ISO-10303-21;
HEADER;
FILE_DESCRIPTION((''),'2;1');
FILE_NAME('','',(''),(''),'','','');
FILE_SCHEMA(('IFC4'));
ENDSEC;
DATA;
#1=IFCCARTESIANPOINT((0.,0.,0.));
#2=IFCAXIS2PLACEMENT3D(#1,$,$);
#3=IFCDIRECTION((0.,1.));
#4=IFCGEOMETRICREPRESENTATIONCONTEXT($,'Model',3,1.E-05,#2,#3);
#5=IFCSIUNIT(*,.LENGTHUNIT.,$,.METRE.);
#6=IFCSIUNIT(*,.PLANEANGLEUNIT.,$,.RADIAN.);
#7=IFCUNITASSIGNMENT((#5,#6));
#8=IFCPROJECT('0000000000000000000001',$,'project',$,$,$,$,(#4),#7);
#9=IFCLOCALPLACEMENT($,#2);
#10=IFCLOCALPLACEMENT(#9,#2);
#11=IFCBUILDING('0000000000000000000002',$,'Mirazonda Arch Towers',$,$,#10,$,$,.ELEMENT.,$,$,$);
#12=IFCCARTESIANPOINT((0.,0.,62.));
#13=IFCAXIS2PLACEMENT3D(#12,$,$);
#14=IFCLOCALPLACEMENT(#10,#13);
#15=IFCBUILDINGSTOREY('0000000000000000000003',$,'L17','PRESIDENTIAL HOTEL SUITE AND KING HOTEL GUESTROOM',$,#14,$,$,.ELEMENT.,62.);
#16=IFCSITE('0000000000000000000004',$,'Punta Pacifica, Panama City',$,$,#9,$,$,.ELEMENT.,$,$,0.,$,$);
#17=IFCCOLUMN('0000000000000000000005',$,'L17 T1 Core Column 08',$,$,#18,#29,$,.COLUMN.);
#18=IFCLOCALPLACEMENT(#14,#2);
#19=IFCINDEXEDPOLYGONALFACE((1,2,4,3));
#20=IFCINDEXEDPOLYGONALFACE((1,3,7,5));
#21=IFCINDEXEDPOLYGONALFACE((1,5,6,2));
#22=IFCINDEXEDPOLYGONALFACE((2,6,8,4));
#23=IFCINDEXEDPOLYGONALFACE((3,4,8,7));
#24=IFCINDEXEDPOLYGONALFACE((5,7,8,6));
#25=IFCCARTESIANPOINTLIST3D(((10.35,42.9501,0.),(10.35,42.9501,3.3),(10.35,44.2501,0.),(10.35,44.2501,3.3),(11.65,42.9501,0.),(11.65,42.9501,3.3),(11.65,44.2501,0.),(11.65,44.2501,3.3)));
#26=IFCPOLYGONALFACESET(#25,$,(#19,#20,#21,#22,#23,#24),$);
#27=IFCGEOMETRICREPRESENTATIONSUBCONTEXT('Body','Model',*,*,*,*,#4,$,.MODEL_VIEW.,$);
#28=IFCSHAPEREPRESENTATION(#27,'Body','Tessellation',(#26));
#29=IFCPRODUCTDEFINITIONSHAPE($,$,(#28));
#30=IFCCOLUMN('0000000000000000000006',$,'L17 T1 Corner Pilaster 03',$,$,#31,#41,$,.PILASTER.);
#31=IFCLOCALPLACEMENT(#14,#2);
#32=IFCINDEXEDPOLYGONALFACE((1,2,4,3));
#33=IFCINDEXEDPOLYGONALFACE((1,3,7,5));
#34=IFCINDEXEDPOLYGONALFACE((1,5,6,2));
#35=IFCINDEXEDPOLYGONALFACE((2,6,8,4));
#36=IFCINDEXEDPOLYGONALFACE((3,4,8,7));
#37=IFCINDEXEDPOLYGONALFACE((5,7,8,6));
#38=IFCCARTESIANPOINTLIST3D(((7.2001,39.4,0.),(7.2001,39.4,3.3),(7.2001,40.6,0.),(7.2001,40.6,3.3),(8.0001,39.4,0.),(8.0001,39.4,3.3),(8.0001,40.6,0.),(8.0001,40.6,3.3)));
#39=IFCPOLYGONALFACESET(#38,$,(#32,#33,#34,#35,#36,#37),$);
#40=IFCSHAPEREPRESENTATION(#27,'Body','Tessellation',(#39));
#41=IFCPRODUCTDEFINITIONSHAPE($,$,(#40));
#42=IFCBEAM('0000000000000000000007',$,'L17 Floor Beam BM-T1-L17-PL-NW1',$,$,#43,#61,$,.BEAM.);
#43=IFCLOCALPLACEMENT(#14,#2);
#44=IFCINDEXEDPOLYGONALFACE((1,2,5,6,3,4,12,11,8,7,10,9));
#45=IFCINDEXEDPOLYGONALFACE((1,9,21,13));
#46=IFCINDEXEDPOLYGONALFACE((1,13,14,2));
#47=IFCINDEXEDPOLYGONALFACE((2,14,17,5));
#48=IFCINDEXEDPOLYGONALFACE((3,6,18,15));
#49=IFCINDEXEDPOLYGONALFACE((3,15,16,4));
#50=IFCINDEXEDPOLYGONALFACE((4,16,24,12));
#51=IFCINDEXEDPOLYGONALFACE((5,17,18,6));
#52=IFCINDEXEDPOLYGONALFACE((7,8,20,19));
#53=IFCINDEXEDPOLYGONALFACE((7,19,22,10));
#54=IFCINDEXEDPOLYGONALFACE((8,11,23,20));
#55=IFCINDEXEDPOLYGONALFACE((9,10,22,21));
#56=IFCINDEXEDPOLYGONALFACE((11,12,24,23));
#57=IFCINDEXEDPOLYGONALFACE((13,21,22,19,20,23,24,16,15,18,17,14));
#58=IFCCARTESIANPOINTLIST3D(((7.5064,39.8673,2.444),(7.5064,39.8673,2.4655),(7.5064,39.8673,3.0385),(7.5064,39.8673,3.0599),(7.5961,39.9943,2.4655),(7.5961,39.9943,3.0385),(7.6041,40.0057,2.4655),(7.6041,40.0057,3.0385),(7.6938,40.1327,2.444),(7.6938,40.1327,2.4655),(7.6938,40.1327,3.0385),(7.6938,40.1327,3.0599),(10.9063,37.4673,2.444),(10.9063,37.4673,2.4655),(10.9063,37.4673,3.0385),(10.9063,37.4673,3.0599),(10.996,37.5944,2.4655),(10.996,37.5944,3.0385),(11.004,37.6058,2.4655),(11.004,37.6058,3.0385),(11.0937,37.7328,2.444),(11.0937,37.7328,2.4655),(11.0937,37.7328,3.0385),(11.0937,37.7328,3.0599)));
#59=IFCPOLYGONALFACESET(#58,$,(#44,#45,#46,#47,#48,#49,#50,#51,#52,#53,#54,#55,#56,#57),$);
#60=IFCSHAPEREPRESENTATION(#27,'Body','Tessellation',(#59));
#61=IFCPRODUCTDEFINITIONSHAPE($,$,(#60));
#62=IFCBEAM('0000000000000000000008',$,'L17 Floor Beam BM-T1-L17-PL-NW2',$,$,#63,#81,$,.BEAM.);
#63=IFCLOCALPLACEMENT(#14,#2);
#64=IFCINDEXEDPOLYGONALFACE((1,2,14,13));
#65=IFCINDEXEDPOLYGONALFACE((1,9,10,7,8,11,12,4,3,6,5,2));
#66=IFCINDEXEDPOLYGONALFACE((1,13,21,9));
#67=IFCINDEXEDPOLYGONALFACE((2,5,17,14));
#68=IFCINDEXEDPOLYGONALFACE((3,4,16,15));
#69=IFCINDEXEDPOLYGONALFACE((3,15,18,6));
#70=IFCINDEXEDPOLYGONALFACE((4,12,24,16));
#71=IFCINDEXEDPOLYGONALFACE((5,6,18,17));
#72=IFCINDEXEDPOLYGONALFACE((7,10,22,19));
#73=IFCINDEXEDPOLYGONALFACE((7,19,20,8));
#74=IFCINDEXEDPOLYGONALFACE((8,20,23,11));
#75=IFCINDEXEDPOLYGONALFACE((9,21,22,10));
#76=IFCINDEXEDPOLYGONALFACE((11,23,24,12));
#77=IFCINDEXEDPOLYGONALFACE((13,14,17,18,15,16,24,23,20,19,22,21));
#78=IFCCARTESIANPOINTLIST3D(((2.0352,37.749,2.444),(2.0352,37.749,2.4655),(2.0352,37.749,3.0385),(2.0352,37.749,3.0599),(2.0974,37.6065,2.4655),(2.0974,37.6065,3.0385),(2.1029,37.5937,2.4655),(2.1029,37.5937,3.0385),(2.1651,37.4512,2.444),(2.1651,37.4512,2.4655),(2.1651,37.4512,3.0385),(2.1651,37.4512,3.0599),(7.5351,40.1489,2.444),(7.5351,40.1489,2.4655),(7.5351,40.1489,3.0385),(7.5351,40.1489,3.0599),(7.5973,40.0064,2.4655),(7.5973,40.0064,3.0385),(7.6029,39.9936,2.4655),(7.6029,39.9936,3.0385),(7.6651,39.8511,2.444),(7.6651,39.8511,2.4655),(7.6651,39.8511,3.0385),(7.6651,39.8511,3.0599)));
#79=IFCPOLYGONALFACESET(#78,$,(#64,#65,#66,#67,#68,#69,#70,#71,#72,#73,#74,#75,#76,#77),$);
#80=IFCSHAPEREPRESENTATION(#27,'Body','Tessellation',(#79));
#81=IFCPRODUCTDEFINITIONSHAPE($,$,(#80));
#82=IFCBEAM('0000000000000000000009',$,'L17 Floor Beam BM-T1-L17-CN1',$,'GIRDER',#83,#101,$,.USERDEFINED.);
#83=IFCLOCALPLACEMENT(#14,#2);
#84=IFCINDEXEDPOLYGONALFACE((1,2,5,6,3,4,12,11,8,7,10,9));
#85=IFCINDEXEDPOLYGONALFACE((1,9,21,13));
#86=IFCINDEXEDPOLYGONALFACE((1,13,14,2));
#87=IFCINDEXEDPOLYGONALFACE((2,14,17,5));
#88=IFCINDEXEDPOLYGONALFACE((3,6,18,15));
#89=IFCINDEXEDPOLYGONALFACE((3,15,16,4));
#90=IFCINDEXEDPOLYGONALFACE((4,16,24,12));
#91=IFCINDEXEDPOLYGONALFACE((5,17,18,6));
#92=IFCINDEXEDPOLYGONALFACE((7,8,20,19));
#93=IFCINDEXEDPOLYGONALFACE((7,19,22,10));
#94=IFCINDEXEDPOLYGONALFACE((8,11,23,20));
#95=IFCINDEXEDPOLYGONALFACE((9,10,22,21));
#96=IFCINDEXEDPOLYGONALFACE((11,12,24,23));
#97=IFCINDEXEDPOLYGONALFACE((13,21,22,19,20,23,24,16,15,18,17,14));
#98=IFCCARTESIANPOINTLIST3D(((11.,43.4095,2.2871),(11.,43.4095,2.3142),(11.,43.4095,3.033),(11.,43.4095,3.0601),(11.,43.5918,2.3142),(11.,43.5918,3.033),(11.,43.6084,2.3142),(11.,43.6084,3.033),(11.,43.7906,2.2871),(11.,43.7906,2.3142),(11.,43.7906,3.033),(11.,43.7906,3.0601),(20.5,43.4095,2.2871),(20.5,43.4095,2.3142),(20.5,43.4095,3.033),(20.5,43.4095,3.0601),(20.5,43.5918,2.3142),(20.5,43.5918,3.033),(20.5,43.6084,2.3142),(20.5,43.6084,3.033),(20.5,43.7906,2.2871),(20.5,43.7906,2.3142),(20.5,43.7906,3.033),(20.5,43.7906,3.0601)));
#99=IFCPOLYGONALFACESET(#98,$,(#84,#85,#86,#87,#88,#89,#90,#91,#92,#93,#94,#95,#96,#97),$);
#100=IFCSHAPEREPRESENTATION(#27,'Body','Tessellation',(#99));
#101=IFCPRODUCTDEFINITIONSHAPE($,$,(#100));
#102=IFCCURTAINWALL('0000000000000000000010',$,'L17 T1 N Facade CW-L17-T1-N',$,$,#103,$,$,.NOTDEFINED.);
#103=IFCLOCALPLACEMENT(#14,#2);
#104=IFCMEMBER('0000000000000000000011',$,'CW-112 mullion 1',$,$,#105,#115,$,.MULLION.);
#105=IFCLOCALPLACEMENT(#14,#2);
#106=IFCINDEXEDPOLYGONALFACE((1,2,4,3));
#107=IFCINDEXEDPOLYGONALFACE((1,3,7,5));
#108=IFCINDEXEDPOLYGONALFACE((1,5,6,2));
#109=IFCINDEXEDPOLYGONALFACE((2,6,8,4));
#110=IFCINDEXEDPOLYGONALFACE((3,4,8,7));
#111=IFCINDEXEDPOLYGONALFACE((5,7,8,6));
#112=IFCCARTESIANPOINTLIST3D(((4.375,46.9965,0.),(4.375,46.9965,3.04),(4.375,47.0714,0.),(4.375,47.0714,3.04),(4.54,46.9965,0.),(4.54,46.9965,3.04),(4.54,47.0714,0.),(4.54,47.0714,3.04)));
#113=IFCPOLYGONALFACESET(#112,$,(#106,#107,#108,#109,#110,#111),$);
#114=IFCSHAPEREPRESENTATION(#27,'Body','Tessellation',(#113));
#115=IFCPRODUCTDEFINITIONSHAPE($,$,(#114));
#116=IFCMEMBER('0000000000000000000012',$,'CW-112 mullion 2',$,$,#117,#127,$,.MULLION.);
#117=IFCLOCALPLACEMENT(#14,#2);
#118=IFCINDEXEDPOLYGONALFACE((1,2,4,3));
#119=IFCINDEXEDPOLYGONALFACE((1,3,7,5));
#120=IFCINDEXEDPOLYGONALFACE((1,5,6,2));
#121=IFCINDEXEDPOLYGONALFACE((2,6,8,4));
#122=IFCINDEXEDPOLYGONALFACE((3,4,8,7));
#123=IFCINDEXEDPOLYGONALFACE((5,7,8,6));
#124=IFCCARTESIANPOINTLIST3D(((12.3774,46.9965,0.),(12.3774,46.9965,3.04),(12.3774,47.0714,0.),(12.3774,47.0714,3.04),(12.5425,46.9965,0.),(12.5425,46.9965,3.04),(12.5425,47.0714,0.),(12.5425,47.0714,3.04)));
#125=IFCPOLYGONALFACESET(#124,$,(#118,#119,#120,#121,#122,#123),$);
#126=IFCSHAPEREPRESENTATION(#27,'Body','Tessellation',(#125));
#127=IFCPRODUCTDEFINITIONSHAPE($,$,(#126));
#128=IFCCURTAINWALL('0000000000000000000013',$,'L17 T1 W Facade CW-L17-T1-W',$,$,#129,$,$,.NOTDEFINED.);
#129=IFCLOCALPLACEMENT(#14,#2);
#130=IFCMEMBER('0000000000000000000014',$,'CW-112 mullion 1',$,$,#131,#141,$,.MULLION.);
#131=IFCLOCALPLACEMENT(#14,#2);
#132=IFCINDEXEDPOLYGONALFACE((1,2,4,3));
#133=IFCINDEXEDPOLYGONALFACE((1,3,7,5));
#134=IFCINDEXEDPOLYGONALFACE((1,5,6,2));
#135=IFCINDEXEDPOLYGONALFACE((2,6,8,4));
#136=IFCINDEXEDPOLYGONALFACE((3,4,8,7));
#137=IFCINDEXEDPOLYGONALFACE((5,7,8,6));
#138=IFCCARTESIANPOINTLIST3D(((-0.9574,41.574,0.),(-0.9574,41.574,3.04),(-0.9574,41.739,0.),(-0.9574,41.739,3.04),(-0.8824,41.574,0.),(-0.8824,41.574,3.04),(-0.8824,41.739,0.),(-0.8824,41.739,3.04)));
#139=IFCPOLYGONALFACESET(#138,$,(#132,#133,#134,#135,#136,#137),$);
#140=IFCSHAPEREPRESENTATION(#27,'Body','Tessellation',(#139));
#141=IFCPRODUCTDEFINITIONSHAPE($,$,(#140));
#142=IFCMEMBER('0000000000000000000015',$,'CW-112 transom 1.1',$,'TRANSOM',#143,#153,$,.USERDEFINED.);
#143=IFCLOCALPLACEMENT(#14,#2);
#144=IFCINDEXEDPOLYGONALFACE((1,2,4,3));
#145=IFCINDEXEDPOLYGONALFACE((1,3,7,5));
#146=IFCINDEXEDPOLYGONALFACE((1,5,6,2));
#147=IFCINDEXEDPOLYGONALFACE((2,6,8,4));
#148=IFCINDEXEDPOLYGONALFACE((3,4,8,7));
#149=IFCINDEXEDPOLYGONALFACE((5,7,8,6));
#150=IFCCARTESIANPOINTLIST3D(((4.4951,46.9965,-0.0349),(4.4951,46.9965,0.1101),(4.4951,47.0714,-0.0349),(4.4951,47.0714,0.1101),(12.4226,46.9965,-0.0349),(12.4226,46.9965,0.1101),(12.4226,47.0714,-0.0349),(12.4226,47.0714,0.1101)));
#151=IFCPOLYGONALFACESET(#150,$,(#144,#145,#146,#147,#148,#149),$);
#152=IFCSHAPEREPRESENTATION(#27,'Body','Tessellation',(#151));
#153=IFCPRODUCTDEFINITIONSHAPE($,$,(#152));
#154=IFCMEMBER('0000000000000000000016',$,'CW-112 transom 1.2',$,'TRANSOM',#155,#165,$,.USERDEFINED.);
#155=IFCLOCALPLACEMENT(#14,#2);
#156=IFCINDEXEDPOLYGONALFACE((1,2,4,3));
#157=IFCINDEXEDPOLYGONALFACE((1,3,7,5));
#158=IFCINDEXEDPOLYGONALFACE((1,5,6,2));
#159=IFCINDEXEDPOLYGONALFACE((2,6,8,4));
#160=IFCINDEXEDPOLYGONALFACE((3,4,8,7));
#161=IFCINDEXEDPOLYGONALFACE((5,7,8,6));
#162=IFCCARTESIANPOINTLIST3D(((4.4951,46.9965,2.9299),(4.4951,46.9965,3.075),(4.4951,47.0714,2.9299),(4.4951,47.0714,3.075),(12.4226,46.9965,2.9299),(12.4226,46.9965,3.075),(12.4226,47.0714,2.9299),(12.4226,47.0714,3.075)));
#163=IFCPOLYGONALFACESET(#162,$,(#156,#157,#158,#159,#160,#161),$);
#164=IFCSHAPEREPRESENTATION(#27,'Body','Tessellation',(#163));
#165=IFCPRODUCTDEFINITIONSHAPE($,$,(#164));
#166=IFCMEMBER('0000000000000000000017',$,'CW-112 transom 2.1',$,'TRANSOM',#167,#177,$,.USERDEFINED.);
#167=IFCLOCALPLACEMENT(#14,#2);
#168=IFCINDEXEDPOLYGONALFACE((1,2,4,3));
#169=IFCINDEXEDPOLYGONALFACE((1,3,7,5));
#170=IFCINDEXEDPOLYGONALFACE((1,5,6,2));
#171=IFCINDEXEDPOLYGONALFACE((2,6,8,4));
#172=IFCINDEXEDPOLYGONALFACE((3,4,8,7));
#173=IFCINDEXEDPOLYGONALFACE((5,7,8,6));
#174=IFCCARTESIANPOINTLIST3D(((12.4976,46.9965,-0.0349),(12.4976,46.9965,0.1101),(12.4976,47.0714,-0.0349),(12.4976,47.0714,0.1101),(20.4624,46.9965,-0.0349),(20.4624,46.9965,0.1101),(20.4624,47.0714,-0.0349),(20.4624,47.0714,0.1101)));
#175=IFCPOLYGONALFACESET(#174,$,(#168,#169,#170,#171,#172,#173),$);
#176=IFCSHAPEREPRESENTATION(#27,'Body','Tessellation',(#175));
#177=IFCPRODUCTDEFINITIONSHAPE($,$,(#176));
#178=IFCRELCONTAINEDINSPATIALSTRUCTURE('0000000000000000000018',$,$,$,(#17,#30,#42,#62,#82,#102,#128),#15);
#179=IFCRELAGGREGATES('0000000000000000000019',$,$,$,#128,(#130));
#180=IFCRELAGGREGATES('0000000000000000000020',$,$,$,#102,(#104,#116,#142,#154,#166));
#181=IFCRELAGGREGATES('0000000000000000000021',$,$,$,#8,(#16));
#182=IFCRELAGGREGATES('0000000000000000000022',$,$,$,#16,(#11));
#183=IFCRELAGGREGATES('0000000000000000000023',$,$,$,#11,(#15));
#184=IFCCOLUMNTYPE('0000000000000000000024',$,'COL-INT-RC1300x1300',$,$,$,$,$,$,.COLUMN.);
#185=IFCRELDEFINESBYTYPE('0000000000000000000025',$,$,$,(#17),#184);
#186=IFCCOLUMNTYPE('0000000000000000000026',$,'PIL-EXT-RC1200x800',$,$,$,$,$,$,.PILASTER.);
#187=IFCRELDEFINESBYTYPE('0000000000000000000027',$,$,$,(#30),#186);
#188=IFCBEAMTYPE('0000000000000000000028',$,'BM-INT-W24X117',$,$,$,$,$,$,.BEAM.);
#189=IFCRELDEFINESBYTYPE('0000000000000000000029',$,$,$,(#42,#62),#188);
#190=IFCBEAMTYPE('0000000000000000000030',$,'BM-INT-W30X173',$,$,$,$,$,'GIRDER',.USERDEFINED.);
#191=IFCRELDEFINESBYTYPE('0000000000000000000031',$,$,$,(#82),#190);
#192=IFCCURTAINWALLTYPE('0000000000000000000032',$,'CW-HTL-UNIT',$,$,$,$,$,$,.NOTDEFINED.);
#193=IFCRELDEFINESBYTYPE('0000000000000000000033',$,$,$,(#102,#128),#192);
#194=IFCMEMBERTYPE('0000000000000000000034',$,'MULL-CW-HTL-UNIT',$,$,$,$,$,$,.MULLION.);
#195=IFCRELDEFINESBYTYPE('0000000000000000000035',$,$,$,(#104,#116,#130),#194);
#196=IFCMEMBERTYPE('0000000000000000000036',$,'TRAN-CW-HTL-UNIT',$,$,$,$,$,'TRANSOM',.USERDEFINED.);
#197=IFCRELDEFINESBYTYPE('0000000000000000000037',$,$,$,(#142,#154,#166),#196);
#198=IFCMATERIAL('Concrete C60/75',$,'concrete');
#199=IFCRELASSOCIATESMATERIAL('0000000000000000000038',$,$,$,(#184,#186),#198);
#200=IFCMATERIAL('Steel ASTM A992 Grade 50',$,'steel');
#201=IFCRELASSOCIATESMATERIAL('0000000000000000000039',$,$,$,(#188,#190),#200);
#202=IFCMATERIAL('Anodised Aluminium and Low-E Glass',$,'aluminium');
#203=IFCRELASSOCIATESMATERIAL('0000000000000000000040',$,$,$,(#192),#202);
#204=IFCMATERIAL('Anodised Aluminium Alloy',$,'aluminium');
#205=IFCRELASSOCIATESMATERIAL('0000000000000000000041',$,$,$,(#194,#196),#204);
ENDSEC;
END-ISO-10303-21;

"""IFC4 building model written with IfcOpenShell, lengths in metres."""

from ifc_helpers import new_model, si_unit, direction, frame, origin, origin_2d, place, context, subcontext, project, spatial, rectangle, i_section, extrude, material, material_profile, profile_set, type_object, element, aggregate, save


model = new_model("IFC4")

# Units and contexts
model_context = context("Model", 3, precision=1e-05, world=origin(), true_north=direction((0.0, 1.0)))
body_context = subcontext(model_context, "Body", "Model", "MODEL_VIEW")
ifc_project = project(units=[si_unit("LENGTHUNIT", "METRE"), si_unit("PLANEANGLEUNIT", "RADIAN")], contexts=[model_context])

# Site, building, storey
site_placement = place(None, origin())
site = spatial("IfcSite", under=ifc_project, at=site_placement, Name="Punta Pacifica, Panama City", CompositionType="ELEMENT", RefElevation=0.0)
building_placement = place(site_placement, origin())
building = spatial("IfcBuilding", under=site, at=building_placement, Name="Mirazonda Arch Towers", CompositionType="ELEMENT")
storey_placement = place(building_placement, frame((0.0, 0.0, 62.0)))
storey = spatial("IfcBuildingStorey", under=building, at=storey_placement, Name="L17", Description="PRESIDENTIAL HOTEL SUITE AND KING HOTEL GUESTROOM", CompositionType="ELEMENT", Elevation=62.0)

# Columns
ifc_material_1 = material(Name="Concrete C60/75", Category="concrete")
ifc_material_profile_1 = material_profile(ifc_material_1, rectangle(XDim=1.3, YDim=1.3, at=origin_2d()), Name="RC1300x1300")
ifc_profile_set_1 = profile_set([ifc_material_profile_1], Name="Concrete C60/75")
column_type_1 = type_object("IfcColumnType", Name="COL-INT-RC1300x1300", PredefinedType="COLUMN", material=ifc_profile_set_1)
column_1_placement = place(storey_placement, frame((11.0, 43.6001, 0.0), z_axis=(0.0, 0.0, 1.0), x_axis=(1.0, 0.0, 0.0)))
element("IfcColumn", 1, at=column_1_placement, inside=storey, type_object=column_type_1, Name="L17 T1 Core Column 08", PredefinedType="COLUMN", context=body_context, shape_type="SweptSolid", body=[
    extrude(rectangle(XDim=1.3, YDim=1.3, at=origin_2d()), origin(), (0.0, 0.0, 1.0), 3.3),
])
ifc_material_profile_2 = material_profile(ifc_material_1, rectangle(XDim=0.8, YDim=1.2, at=origin_2d()), Name="RC1200x800")
ifc_profile_set_2 = profile_set([ifc_material_profile_2], Name="Concrete C60/75")
column_type_2 = type_object("IfcColumnType", Name="PIL-EXT-RC1200x800", PredefinedType="PILASTER", material=ifc_profile_set_2)
column_2_placement = place(storey_placement, frame((7.6001, 40.0, 0.0), z_axis=(0.0, 0.0, 1.0), x_axis=(1.0, 0.0, 0.0)))
element("IfcColumn", 2, at=column_2_placement, inside=storey, type_object=column_type_2, Name="L17 T1 Corner Pilaster 03", PredefinedType="PILASTER", context=body_context, shape_type="SweptSolid", body=[
    extrude(rectangle(XDim=0.8, YDim=1.2, at=origin_2d()), origin(), (0.0, 0.0, 1.0), 3.3),
])

# Beams
ifc_material_2 = material(Name="Steel ASTM A992 Grade 50", Category="steel")
ifc_material_profile_3 = material_profile(ifc_material_2, i_section(OverallWidth=0.325, OverallDepth=0.616, WebThickness=0.0139, FlangeThickness=0.0215, at=origin_2d()), Name="W24X117")
ifc_profile_set_3 = profile_set([ifc_material_profile_3], Name="Steel ASTM A992 Grade 50")
beam_type_1 = type_object("IfcBeamType", Name="BM-INT-W24X117", PredefinedType="BEAM", material=ifc_profile_set_3)
beam_1_placement = place(storey_placement, frame((7.6001, 40.0, 2.752), z_axis=(0.816971, -0.576679, 0.0), x_axis=(0.576679, 0.816971, 0.0)))
element("IfcBeam", 3, at=beam_1_placement, inside=storey, type_object=beam_type_1, Name="L17 Floor Beam BM-T1-L17-PL-NW1", PredefinedType="BEAM", context=body_context, shape_type="SweptSolid", body=[
    extrude(i_section(OverallWidth=0.325, OverallDepth=0.616, WebThickness=0.0139, FlangeThickness=0.0215, at=origin_2d()), origin(), (0.0, 0.0, 1.0), 4.1616),
])
beam_2_placement = place(storey_placement, frame((7.6001, 40.0, 2.752), z_axis=(-0.916545, -0.399931, 0.0), x_axis=(0.399931, -0.916545, 0.0)))
element("IfcBeam", 4, at=beam_2_placement, inside=storey, type_object=beam_type_1, Name="L17 Floor Beam BM-T1-L17-PL-NW2", PredefinedType="BEAM", context=body_context, shape_type="SweptSolid", body=[
    extrude(i_section(OverallWidth=0.325, OverallDepth=0.616, WebThickness=0.0139, FlangeThickness=0.0215, at=origin_2d()), origin(), (0.0, 0.0, 1.0), 6.0007),
])
ifc_material_profile_4 = material_profile(ifc_material_2, i_section(OverallWidth=0.3811, OverallDepth=0.7729, WebThickness=0.0166, FlangeThickness=0.0271, at=origin_2d()), Name="W30X173")
ifc_profile_set_4 = profile_set([ifc_material_profile_4], Name="Steel ASTM A992 Grade 50")
beam_type_2 = type_object("IfcBeamType", Name="BM-INT-W30X173", ElementType="GIRDER", PredefinedType="USERDEFINED", material=ifc_profile_set_4)
beam_3_placement = place(storey_placement, frame((11.0, 43.6001, 2.6736), z_axis=(1.0, 0.0, 0.0), x_axis=(0.0, 1.0, 0.0)))
element("IfcBeam", 5, at=beam_3_placement, inside=storey, type_object=beam_type_2, Name="L17 Floor Beam BM-T1-L17-CN1", ObjectType="GIRDER", PredefinedType="USERDEFINED", context=body_context, shape_type="SweptSolid", body=[
    extrude(i_section(OverallWidth=0.3811, OverallDepth=0.7729, WebThickness=0.0166, FlangeThickness=0.0271, at=origin_2d()), origin(), (0.0, 0.0, 1.0), 9.5),
])

# Curtain wall, members
ifc_material_3 = material(Name="Anodised Aluminium and Low-E Glass", Category="aluminium")
curtain_wall_type = type_object("IfcCurtainWallType", Name="CW-HTL-UNIT", PredefinedType="NOTDEFINED", material=ifc_material_3)
curtain_wall_1_placement = place(storey_placement, origin())
curtain_wall_1 = element("IfcCurtainWall", 6, at=curtain_wall_1_placement, inside=storey, type_object=curtain_wall_type, Name="L17 T1 N Facade CW-L17-T1-N", PredefinedType="NOTDEFINED")
ifc_material_4 = material(Name="Anodised Aluminium Alloy", Category="aluminium")
ifc_material_profile_5 = material_profile(ifc_material_4, rectangle(XDim=0.075, YDim=0.165, at=origin_2d()), Name="ALU-MULL-75x165")
ifc_profile_set_5 = profile_set([ifc_material_profile_5], Name="Anodised Aluminium Alloy")
member_type_1 = type_object("IfcMemberType", Name="MULL-CW-HTL-UNIT", PredefinedType="MULLION", material=ifc_profile_set_5)
member_1_placement = place(storey_placement, frame((4.4575, 47.0339, 0.0), z_axis=(0.0, 0.0, 1.0), x_axis=(0.0, 1.0, 0.0)))
member_1 = element("IfcMember", 7, at=member_1_placement, type_object=member_type_1, Name="CW-112 mullion 1", PredefinedType="MULLION", context=body_context, shape_type="SweptSolid", body=[
    extrude(rectangle(XDim=0.075, YDim=0.165, at=origin_2d()), origin(), (0.0, 0.0, 1.0), 3.04),
])
member_2_placement = place(storey_placement, frame((12.46, 47.0339, 0.0), z_axis=(0.0, 0.0, 1.0), x_axis=(0.0, 1.0, 0.0)))
member_2 = element("IfcMember", 8, at=member_2_placement, type_object=member_type_1, Name="CW-112 mullion 2", PredefinedType="MULLION", context=body_context, shape_type="SweptSolid", body=[
    extrude(rectangle(XDim=0.075, YDim=0.165, at=origin_2d()), origin(), (0.0, 0.0, 1.0), 3.04),
])

# Curtain wall, member
curtain_wall_2_placement = place(storey_placement, origin())
curtain_wall_2 = element("IfcCurtainWall", 9, at=curtain_wall_2_placement, inside=storey, type_object=curtain_wall_type, Name="L17 T1 W Facade CW-L17-T1-W", PredefinedType="NOTDEFINED")
member_3_placement = place(storey_placement, frame((-0.9199, 41.6565, 0.0), z_axis=(0.0, 0.0, 1.0), x_axis=(1.0, 0.0, 0.0)))
member_3 = element("IfcMember", 10, at=member_3_placement, type_object=member_type_1, Name="CW-112 mullion 1", PredefinedType="MULLION", context=body_context, shape_type="SweptSolid", body=[
    extrude(rectangle(XDim=0.075, YDim=0.165, at=origin_2d()), origin(), (0.0, 0.0, 1.0), 3.04),
])

# Members
ifc_material_profile_6 = material_profile(ifc_material_4, rectangle(XDim=0.075, YDim=0.145, at=origin_2d()), Name="ALU-TRAN-75x145")
ifc_profile_set_6 = profile_set([ifc_material_profile_6], Name="Anodised Aluminium Alloy")
member_type_2 = type_object("IfcMemberType", Name="TRAN-CW-HTL-UNIT", ElementType="TRANSOM", PredefinedType="USERDEFINED", material=ifc_profile_set_6)
member_4_placement = place(storey_placement, frame((4.4951, 47.0339, 0.0376), z_axis=(1.0, 0.0, 0.0), x_axis=(0.0, 1.0, 0.0)))
member_4 = element("IfcMember", 11, at=member_4_placement, type_object=member_type_2, Name="CW-112 transom 1.1", ObjectType="TRANSOM", PredefinedType="USERDEFINED", context=body_context, shape_type="SweptSolid", body=[
    extrude(rectangle(XDim=0.075, YDim=0.145, at=origin_2d()), origin(), (0.0, 0.0, 1.0), 7.9275),
])
member_5_placement = place(storey_placement, frame((4.4951, 47.0339, 3.0024), z_axis=(1.0, 0.0, 0.0), x_axis=(0.0, 1.0, 0.0)))
member_5 = element("IfcMember", 12, at=member_5_placement, type_object=member_type_2, Name="CW-112 transom 1.2", ObjectType="TRANSOM", PredefinedType="USERDEFINED", context=body_context, shape_type="SweptSolid", body=[
    extrude(rectangle(XDim=0.075, YDim=0.145, at=origin_2d()), origin(), (0.0, 0.0, 1.0), 7.9275),
])
member_6_placement = place(storey_placement, frame((12.4976, 47.0339, 0.0376), z_axis=(1.0, 0.0, 0.0), x_axis=(0.0, 1.0, 0.0)))
member_6 = element("IfcMember", 13, at=member_6_placement, type_object=member_type_2, Name="CW-112 transom 2.1", ObjectType="TRANSOM", PredefinedType="USERDEFINED", context=body_context, shape_type="SweptSolid", body=[
    extrude(rectangle(XDim=0.075, YDim=0.145, at=origin_2d()), origin(), (0.0, 0.0, 1.0), 7.9648),
])
aggregate(curtain_wall_2, [member_3])

aggregate(curtain_wall_1, [member_1, member_2, member_4, member_5, member_6])

save(model, "model.ifc")
